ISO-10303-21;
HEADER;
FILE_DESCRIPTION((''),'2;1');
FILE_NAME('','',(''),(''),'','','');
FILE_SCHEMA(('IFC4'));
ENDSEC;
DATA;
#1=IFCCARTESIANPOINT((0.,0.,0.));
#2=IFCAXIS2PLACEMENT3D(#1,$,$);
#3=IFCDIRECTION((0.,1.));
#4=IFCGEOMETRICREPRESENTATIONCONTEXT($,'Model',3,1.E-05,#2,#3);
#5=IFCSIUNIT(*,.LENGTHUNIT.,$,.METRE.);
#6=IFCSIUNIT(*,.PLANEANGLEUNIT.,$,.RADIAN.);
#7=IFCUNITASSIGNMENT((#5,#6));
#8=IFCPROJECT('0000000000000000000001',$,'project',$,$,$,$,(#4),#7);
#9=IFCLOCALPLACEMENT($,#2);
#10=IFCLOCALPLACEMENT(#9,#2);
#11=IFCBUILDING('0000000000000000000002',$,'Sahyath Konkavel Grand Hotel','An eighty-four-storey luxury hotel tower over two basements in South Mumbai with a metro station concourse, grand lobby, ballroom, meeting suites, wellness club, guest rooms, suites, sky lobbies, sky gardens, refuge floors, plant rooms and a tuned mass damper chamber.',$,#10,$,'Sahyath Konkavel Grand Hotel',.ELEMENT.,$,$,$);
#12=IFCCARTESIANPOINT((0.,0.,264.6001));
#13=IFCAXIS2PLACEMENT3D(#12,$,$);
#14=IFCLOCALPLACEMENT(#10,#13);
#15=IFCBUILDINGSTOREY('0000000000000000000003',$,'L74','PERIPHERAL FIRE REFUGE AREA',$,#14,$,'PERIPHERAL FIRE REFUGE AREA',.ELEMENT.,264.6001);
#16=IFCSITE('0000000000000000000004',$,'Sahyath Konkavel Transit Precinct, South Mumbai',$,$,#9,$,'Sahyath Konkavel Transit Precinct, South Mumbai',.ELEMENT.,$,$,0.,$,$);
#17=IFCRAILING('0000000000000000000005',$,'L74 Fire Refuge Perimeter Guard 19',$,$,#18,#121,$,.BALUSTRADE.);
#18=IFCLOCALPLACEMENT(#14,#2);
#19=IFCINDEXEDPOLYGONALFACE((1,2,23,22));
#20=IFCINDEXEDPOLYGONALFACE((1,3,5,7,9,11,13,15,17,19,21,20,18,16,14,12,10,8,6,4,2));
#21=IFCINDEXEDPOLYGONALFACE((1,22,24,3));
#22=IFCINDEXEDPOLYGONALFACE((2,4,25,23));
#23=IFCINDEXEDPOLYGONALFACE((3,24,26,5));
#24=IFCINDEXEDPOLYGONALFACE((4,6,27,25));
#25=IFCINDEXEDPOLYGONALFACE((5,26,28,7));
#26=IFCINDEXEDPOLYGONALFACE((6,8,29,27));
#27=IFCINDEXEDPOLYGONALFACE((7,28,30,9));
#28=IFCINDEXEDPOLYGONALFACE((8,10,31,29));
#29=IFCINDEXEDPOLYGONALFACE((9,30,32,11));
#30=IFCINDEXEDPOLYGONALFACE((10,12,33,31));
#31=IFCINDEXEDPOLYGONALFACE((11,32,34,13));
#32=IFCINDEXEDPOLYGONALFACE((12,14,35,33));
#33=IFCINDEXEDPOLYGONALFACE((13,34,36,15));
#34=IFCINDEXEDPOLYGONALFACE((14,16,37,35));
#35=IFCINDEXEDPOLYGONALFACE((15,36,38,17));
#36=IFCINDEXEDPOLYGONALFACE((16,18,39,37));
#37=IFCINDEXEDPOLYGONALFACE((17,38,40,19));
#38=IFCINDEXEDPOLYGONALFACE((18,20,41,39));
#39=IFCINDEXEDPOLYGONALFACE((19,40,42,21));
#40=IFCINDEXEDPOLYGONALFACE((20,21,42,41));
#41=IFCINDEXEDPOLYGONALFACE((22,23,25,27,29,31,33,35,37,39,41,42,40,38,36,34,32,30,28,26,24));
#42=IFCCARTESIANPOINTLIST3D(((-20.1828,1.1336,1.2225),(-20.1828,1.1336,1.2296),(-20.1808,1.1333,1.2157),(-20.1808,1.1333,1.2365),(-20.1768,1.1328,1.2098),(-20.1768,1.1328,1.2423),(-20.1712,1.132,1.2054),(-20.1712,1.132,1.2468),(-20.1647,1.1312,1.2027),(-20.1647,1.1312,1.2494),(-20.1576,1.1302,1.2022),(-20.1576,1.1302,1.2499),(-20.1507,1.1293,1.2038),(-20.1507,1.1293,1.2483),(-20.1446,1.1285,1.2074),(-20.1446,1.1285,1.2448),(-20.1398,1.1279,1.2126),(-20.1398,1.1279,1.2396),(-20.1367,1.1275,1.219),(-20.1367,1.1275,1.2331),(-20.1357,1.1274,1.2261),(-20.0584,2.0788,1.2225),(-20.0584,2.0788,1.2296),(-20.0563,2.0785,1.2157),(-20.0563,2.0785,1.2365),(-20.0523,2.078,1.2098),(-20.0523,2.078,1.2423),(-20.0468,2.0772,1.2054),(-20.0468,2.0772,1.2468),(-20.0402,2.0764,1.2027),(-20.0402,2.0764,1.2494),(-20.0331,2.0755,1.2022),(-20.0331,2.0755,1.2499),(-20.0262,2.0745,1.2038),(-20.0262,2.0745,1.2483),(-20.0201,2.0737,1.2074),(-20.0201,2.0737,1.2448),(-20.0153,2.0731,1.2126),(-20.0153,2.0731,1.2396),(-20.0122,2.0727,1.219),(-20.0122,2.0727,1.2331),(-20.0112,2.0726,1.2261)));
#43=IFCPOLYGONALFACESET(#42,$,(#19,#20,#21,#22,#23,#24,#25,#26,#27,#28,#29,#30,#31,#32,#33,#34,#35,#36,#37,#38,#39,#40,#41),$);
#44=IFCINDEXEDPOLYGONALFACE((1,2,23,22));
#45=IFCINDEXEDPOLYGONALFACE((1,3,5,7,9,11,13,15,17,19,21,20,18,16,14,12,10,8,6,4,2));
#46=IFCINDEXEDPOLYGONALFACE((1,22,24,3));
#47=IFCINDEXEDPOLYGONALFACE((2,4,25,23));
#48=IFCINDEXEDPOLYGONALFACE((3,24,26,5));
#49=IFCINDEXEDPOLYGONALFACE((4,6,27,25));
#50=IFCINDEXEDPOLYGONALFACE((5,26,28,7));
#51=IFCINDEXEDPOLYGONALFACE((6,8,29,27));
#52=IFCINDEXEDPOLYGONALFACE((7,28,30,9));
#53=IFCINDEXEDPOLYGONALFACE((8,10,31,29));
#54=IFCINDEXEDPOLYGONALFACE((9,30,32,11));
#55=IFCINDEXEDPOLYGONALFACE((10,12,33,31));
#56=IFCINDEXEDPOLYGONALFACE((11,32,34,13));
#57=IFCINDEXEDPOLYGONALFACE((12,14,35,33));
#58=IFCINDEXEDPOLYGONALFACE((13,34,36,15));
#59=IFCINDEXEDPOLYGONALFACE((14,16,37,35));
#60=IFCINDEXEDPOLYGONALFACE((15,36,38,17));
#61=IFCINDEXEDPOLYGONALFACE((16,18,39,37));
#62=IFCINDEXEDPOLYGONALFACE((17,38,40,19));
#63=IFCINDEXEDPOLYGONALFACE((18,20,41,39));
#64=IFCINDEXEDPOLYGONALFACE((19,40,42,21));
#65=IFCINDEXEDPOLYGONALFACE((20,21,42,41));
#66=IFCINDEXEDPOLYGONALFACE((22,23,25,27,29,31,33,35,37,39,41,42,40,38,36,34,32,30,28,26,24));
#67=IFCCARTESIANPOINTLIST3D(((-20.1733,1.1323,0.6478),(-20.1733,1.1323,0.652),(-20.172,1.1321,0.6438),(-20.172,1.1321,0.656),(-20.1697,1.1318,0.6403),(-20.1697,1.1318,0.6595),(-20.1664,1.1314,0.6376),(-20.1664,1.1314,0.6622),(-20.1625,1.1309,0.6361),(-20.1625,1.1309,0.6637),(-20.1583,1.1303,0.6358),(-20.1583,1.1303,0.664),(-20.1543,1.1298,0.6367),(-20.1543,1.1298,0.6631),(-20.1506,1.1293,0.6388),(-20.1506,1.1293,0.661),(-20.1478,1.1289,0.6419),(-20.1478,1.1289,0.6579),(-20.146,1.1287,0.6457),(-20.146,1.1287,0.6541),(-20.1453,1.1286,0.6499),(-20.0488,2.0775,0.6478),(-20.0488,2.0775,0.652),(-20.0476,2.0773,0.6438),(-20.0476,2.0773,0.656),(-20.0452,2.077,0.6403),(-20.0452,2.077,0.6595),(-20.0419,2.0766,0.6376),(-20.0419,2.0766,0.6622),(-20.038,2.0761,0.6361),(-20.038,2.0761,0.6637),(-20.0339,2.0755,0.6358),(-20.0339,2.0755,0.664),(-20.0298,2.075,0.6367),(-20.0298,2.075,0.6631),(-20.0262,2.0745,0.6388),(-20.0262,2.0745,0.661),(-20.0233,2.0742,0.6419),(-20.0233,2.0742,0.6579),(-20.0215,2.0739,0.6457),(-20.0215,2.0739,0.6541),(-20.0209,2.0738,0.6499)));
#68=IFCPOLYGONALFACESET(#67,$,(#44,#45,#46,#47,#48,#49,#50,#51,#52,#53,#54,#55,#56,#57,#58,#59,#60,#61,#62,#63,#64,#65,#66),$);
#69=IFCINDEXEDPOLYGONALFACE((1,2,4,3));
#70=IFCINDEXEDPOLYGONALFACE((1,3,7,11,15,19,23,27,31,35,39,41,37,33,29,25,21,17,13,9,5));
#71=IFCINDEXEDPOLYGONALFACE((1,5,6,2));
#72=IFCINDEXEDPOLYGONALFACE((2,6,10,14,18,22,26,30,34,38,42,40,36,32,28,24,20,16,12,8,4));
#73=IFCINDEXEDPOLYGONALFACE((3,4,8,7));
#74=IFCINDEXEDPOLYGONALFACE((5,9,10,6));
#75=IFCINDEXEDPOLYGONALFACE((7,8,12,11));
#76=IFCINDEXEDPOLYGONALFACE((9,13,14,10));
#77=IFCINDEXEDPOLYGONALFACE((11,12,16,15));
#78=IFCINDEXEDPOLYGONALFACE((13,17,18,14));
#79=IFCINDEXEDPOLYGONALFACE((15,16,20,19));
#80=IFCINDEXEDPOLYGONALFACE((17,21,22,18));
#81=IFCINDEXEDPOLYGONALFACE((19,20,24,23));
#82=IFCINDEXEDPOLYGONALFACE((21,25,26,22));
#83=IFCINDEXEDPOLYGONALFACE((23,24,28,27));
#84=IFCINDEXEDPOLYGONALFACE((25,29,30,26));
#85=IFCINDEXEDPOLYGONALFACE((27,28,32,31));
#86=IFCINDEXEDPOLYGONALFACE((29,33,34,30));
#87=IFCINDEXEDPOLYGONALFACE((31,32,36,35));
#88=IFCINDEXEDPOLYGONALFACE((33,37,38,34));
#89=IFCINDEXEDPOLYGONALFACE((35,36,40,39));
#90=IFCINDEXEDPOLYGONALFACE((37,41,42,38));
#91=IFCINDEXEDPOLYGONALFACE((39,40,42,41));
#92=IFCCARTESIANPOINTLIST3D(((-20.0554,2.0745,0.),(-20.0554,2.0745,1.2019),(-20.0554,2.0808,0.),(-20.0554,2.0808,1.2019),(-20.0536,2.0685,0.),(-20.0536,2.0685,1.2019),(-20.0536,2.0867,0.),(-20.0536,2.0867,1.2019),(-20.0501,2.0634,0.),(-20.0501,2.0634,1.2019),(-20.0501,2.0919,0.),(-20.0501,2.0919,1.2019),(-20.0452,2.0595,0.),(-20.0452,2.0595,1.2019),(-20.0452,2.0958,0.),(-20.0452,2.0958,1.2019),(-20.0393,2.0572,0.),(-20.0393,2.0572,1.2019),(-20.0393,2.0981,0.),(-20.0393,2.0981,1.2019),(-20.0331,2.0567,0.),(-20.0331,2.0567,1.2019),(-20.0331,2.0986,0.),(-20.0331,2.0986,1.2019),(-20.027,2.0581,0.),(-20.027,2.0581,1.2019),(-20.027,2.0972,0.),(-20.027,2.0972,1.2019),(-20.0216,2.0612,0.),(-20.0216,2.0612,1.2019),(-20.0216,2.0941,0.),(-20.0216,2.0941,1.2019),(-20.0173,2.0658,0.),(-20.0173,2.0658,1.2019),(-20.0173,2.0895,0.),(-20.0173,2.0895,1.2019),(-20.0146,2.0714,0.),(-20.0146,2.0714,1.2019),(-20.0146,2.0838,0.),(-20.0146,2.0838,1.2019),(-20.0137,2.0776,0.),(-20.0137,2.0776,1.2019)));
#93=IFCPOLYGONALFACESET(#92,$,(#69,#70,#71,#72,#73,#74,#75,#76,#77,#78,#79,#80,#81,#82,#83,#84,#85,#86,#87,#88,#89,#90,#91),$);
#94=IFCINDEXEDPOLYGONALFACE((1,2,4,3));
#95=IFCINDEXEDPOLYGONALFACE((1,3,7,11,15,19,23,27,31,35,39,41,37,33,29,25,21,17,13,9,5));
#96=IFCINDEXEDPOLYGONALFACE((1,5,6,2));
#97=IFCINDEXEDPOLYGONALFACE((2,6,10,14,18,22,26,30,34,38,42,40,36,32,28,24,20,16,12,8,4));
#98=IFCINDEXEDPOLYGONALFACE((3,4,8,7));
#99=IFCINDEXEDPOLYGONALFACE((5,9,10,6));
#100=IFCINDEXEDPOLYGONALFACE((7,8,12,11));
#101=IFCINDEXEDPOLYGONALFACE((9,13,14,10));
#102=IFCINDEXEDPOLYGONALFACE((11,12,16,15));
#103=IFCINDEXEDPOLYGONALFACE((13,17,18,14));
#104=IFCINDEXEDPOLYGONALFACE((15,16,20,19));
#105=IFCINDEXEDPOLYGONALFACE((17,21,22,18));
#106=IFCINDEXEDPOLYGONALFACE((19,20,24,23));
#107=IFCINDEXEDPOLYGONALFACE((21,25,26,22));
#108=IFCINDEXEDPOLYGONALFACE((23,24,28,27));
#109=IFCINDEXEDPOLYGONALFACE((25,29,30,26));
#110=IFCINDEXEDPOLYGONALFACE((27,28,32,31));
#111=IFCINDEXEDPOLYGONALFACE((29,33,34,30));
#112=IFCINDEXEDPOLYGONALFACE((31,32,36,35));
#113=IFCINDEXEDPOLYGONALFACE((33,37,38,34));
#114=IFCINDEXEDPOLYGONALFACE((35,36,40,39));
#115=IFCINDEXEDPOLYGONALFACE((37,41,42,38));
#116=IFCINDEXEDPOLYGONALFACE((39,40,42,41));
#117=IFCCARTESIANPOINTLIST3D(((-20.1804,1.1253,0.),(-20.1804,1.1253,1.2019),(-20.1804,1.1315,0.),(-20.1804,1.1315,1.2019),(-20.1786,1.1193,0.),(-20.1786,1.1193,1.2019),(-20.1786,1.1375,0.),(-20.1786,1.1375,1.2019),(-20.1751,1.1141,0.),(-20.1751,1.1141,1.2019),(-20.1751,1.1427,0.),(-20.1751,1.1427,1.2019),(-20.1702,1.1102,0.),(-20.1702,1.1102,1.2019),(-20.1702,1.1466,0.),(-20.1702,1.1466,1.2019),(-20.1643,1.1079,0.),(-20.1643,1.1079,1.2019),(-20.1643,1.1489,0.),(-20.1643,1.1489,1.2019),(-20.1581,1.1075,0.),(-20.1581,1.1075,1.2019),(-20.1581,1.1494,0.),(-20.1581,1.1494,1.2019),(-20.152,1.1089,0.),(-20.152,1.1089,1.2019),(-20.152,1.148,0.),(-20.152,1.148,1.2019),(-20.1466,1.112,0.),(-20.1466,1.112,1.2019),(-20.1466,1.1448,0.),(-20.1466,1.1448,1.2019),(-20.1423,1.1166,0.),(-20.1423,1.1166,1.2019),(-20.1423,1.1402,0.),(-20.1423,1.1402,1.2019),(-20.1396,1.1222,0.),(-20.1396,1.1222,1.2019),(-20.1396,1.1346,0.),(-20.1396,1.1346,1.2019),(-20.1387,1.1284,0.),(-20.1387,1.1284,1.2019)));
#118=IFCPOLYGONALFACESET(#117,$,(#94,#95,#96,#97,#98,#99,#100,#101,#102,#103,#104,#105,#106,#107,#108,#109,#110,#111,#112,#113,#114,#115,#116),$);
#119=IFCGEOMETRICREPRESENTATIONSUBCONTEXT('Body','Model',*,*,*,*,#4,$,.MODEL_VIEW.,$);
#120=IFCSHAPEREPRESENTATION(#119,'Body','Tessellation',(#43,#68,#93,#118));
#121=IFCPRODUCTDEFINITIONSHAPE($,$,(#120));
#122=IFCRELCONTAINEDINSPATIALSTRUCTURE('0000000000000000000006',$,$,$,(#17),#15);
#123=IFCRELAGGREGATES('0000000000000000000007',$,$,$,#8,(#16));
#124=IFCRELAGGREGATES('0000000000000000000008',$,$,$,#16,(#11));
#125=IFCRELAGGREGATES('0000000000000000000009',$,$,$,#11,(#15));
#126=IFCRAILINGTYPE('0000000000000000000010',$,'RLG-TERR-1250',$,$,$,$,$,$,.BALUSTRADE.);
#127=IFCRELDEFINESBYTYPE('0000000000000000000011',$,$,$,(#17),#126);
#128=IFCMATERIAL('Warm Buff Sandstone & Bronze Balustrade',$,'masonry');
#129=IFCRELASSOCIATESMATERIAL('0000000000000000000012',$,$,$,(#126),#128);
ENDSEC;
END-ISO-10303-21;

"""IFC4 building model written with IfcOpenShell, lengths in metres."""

from ifc_helpers import new_model, si_unit, direction, frame, origin, origin_2d, place, context, subcontext, project, spatial, circle, extrude, material, type_object, element, save


model = new_model("IFC4")

# Units and contexts
model_context = context("Model", 3, precision=1e-05, world=origin(), true_north=direction((0.0, 1.0)))
body_context = subcontext(model_context, "Body", "Model", "MODEL_VIEW")
ifc_project = project(units=[si_unit("LENGTHUNIT", "METRE"), si_unit("PLANEANGLEUNIT", "RADIAN")], contexts=[model_context])

# Site, building, storey
site_placement = place(None, origin())
site = spatial("IfcSite", under=ifc_project, at=site_placement, Name="Sahyath Konkavel Transit Precinct, South Mumbai", LongName="Sahyath Konkavel Transit Precinct, South Mumbai", CompositionType="ELEMENT", RefElevation=0.0)
building_placement = place(site_placement, origin())
building = spatial("IfcBuilding", under=site, at=building_placement, Name="Sahyath Konkavel Grand Hotel", Description="An eighty-four-storey luxury hotel tower over two basements in South Mumbai with a metro station concourse, grand lobby, ballroom, meeting suites, wellness club, guest rooms, suites, sky lobbies, sky gardens, refuge floors, plant rooms and a tuned mass damper chamber.", LongName="Sahyath Konkavel Grand Hotel", CompositionType="ELEMENT")
storey_placement = place(building_placement, frame((0.0, 0.0, 264.6001)))
storey = spatial("IfcBuildingStorey", under=building, at=storey_placement, Name="L74", Description="PERIPHERAL FIRE REFUGE AREA", LongName="PERIPHERAL FIRE REFUGE AREA", CompositionType="ELEMENT", Elevation=264.6001)

# Railing
ifc_material_1 = material(Name="Warm Buff Sandstone & Bronze Balustrade", Category="masonry")
railing_type = type_object("IfcRailingType", Name="RLG-TERR-1250", PredefinedType="BALUSTRADE", material=ifc_material_1)
railing_1_placement = place(storey_placement, frame((-20.0347, 2.0776, 0.0)))
element("IfcRailing", 1, at=railing_1_placement, inside=storey, type_object=railing_type, Name="L74 Fire Refuge Perimeter Guard 19", PredefinedType="BALUSTRADE", context=body_context, shape_type="SweptSolid", body=[
    extrude(circle(Radius=0.0239, at=origin_2d()), frame((-0.0002, -0.002, 1.2261), z_axis=(-0.13056, -0.99144, 0.0), x_axis=(0.99144, -0.13056, 0.0)), (0.0, 0.0, 1.0), 0.9534),
    extrude(circle(Radius=0.0142, at=origin_2d()), frame((-0.0002, -0.002, 0.6499), z_axis=(-0.13056, -0.99144, 0.0), x_axis=(0.99144, -0.13056, 0.0)), (0.0, 0.0, 1.0), 0.9534),
    extrude(circle(Radius=0.021, at=origin_2d()), origin(), (0.0, 0.0, 1.0), 1.2019),
    extrude(circle(Radius=0.021, at=origin_2d()), frame((-0.125, -0.9492, 0.0)), (0.0, 0.0, 1.0), 1.2019),
])

save(model, "model.ifc")
